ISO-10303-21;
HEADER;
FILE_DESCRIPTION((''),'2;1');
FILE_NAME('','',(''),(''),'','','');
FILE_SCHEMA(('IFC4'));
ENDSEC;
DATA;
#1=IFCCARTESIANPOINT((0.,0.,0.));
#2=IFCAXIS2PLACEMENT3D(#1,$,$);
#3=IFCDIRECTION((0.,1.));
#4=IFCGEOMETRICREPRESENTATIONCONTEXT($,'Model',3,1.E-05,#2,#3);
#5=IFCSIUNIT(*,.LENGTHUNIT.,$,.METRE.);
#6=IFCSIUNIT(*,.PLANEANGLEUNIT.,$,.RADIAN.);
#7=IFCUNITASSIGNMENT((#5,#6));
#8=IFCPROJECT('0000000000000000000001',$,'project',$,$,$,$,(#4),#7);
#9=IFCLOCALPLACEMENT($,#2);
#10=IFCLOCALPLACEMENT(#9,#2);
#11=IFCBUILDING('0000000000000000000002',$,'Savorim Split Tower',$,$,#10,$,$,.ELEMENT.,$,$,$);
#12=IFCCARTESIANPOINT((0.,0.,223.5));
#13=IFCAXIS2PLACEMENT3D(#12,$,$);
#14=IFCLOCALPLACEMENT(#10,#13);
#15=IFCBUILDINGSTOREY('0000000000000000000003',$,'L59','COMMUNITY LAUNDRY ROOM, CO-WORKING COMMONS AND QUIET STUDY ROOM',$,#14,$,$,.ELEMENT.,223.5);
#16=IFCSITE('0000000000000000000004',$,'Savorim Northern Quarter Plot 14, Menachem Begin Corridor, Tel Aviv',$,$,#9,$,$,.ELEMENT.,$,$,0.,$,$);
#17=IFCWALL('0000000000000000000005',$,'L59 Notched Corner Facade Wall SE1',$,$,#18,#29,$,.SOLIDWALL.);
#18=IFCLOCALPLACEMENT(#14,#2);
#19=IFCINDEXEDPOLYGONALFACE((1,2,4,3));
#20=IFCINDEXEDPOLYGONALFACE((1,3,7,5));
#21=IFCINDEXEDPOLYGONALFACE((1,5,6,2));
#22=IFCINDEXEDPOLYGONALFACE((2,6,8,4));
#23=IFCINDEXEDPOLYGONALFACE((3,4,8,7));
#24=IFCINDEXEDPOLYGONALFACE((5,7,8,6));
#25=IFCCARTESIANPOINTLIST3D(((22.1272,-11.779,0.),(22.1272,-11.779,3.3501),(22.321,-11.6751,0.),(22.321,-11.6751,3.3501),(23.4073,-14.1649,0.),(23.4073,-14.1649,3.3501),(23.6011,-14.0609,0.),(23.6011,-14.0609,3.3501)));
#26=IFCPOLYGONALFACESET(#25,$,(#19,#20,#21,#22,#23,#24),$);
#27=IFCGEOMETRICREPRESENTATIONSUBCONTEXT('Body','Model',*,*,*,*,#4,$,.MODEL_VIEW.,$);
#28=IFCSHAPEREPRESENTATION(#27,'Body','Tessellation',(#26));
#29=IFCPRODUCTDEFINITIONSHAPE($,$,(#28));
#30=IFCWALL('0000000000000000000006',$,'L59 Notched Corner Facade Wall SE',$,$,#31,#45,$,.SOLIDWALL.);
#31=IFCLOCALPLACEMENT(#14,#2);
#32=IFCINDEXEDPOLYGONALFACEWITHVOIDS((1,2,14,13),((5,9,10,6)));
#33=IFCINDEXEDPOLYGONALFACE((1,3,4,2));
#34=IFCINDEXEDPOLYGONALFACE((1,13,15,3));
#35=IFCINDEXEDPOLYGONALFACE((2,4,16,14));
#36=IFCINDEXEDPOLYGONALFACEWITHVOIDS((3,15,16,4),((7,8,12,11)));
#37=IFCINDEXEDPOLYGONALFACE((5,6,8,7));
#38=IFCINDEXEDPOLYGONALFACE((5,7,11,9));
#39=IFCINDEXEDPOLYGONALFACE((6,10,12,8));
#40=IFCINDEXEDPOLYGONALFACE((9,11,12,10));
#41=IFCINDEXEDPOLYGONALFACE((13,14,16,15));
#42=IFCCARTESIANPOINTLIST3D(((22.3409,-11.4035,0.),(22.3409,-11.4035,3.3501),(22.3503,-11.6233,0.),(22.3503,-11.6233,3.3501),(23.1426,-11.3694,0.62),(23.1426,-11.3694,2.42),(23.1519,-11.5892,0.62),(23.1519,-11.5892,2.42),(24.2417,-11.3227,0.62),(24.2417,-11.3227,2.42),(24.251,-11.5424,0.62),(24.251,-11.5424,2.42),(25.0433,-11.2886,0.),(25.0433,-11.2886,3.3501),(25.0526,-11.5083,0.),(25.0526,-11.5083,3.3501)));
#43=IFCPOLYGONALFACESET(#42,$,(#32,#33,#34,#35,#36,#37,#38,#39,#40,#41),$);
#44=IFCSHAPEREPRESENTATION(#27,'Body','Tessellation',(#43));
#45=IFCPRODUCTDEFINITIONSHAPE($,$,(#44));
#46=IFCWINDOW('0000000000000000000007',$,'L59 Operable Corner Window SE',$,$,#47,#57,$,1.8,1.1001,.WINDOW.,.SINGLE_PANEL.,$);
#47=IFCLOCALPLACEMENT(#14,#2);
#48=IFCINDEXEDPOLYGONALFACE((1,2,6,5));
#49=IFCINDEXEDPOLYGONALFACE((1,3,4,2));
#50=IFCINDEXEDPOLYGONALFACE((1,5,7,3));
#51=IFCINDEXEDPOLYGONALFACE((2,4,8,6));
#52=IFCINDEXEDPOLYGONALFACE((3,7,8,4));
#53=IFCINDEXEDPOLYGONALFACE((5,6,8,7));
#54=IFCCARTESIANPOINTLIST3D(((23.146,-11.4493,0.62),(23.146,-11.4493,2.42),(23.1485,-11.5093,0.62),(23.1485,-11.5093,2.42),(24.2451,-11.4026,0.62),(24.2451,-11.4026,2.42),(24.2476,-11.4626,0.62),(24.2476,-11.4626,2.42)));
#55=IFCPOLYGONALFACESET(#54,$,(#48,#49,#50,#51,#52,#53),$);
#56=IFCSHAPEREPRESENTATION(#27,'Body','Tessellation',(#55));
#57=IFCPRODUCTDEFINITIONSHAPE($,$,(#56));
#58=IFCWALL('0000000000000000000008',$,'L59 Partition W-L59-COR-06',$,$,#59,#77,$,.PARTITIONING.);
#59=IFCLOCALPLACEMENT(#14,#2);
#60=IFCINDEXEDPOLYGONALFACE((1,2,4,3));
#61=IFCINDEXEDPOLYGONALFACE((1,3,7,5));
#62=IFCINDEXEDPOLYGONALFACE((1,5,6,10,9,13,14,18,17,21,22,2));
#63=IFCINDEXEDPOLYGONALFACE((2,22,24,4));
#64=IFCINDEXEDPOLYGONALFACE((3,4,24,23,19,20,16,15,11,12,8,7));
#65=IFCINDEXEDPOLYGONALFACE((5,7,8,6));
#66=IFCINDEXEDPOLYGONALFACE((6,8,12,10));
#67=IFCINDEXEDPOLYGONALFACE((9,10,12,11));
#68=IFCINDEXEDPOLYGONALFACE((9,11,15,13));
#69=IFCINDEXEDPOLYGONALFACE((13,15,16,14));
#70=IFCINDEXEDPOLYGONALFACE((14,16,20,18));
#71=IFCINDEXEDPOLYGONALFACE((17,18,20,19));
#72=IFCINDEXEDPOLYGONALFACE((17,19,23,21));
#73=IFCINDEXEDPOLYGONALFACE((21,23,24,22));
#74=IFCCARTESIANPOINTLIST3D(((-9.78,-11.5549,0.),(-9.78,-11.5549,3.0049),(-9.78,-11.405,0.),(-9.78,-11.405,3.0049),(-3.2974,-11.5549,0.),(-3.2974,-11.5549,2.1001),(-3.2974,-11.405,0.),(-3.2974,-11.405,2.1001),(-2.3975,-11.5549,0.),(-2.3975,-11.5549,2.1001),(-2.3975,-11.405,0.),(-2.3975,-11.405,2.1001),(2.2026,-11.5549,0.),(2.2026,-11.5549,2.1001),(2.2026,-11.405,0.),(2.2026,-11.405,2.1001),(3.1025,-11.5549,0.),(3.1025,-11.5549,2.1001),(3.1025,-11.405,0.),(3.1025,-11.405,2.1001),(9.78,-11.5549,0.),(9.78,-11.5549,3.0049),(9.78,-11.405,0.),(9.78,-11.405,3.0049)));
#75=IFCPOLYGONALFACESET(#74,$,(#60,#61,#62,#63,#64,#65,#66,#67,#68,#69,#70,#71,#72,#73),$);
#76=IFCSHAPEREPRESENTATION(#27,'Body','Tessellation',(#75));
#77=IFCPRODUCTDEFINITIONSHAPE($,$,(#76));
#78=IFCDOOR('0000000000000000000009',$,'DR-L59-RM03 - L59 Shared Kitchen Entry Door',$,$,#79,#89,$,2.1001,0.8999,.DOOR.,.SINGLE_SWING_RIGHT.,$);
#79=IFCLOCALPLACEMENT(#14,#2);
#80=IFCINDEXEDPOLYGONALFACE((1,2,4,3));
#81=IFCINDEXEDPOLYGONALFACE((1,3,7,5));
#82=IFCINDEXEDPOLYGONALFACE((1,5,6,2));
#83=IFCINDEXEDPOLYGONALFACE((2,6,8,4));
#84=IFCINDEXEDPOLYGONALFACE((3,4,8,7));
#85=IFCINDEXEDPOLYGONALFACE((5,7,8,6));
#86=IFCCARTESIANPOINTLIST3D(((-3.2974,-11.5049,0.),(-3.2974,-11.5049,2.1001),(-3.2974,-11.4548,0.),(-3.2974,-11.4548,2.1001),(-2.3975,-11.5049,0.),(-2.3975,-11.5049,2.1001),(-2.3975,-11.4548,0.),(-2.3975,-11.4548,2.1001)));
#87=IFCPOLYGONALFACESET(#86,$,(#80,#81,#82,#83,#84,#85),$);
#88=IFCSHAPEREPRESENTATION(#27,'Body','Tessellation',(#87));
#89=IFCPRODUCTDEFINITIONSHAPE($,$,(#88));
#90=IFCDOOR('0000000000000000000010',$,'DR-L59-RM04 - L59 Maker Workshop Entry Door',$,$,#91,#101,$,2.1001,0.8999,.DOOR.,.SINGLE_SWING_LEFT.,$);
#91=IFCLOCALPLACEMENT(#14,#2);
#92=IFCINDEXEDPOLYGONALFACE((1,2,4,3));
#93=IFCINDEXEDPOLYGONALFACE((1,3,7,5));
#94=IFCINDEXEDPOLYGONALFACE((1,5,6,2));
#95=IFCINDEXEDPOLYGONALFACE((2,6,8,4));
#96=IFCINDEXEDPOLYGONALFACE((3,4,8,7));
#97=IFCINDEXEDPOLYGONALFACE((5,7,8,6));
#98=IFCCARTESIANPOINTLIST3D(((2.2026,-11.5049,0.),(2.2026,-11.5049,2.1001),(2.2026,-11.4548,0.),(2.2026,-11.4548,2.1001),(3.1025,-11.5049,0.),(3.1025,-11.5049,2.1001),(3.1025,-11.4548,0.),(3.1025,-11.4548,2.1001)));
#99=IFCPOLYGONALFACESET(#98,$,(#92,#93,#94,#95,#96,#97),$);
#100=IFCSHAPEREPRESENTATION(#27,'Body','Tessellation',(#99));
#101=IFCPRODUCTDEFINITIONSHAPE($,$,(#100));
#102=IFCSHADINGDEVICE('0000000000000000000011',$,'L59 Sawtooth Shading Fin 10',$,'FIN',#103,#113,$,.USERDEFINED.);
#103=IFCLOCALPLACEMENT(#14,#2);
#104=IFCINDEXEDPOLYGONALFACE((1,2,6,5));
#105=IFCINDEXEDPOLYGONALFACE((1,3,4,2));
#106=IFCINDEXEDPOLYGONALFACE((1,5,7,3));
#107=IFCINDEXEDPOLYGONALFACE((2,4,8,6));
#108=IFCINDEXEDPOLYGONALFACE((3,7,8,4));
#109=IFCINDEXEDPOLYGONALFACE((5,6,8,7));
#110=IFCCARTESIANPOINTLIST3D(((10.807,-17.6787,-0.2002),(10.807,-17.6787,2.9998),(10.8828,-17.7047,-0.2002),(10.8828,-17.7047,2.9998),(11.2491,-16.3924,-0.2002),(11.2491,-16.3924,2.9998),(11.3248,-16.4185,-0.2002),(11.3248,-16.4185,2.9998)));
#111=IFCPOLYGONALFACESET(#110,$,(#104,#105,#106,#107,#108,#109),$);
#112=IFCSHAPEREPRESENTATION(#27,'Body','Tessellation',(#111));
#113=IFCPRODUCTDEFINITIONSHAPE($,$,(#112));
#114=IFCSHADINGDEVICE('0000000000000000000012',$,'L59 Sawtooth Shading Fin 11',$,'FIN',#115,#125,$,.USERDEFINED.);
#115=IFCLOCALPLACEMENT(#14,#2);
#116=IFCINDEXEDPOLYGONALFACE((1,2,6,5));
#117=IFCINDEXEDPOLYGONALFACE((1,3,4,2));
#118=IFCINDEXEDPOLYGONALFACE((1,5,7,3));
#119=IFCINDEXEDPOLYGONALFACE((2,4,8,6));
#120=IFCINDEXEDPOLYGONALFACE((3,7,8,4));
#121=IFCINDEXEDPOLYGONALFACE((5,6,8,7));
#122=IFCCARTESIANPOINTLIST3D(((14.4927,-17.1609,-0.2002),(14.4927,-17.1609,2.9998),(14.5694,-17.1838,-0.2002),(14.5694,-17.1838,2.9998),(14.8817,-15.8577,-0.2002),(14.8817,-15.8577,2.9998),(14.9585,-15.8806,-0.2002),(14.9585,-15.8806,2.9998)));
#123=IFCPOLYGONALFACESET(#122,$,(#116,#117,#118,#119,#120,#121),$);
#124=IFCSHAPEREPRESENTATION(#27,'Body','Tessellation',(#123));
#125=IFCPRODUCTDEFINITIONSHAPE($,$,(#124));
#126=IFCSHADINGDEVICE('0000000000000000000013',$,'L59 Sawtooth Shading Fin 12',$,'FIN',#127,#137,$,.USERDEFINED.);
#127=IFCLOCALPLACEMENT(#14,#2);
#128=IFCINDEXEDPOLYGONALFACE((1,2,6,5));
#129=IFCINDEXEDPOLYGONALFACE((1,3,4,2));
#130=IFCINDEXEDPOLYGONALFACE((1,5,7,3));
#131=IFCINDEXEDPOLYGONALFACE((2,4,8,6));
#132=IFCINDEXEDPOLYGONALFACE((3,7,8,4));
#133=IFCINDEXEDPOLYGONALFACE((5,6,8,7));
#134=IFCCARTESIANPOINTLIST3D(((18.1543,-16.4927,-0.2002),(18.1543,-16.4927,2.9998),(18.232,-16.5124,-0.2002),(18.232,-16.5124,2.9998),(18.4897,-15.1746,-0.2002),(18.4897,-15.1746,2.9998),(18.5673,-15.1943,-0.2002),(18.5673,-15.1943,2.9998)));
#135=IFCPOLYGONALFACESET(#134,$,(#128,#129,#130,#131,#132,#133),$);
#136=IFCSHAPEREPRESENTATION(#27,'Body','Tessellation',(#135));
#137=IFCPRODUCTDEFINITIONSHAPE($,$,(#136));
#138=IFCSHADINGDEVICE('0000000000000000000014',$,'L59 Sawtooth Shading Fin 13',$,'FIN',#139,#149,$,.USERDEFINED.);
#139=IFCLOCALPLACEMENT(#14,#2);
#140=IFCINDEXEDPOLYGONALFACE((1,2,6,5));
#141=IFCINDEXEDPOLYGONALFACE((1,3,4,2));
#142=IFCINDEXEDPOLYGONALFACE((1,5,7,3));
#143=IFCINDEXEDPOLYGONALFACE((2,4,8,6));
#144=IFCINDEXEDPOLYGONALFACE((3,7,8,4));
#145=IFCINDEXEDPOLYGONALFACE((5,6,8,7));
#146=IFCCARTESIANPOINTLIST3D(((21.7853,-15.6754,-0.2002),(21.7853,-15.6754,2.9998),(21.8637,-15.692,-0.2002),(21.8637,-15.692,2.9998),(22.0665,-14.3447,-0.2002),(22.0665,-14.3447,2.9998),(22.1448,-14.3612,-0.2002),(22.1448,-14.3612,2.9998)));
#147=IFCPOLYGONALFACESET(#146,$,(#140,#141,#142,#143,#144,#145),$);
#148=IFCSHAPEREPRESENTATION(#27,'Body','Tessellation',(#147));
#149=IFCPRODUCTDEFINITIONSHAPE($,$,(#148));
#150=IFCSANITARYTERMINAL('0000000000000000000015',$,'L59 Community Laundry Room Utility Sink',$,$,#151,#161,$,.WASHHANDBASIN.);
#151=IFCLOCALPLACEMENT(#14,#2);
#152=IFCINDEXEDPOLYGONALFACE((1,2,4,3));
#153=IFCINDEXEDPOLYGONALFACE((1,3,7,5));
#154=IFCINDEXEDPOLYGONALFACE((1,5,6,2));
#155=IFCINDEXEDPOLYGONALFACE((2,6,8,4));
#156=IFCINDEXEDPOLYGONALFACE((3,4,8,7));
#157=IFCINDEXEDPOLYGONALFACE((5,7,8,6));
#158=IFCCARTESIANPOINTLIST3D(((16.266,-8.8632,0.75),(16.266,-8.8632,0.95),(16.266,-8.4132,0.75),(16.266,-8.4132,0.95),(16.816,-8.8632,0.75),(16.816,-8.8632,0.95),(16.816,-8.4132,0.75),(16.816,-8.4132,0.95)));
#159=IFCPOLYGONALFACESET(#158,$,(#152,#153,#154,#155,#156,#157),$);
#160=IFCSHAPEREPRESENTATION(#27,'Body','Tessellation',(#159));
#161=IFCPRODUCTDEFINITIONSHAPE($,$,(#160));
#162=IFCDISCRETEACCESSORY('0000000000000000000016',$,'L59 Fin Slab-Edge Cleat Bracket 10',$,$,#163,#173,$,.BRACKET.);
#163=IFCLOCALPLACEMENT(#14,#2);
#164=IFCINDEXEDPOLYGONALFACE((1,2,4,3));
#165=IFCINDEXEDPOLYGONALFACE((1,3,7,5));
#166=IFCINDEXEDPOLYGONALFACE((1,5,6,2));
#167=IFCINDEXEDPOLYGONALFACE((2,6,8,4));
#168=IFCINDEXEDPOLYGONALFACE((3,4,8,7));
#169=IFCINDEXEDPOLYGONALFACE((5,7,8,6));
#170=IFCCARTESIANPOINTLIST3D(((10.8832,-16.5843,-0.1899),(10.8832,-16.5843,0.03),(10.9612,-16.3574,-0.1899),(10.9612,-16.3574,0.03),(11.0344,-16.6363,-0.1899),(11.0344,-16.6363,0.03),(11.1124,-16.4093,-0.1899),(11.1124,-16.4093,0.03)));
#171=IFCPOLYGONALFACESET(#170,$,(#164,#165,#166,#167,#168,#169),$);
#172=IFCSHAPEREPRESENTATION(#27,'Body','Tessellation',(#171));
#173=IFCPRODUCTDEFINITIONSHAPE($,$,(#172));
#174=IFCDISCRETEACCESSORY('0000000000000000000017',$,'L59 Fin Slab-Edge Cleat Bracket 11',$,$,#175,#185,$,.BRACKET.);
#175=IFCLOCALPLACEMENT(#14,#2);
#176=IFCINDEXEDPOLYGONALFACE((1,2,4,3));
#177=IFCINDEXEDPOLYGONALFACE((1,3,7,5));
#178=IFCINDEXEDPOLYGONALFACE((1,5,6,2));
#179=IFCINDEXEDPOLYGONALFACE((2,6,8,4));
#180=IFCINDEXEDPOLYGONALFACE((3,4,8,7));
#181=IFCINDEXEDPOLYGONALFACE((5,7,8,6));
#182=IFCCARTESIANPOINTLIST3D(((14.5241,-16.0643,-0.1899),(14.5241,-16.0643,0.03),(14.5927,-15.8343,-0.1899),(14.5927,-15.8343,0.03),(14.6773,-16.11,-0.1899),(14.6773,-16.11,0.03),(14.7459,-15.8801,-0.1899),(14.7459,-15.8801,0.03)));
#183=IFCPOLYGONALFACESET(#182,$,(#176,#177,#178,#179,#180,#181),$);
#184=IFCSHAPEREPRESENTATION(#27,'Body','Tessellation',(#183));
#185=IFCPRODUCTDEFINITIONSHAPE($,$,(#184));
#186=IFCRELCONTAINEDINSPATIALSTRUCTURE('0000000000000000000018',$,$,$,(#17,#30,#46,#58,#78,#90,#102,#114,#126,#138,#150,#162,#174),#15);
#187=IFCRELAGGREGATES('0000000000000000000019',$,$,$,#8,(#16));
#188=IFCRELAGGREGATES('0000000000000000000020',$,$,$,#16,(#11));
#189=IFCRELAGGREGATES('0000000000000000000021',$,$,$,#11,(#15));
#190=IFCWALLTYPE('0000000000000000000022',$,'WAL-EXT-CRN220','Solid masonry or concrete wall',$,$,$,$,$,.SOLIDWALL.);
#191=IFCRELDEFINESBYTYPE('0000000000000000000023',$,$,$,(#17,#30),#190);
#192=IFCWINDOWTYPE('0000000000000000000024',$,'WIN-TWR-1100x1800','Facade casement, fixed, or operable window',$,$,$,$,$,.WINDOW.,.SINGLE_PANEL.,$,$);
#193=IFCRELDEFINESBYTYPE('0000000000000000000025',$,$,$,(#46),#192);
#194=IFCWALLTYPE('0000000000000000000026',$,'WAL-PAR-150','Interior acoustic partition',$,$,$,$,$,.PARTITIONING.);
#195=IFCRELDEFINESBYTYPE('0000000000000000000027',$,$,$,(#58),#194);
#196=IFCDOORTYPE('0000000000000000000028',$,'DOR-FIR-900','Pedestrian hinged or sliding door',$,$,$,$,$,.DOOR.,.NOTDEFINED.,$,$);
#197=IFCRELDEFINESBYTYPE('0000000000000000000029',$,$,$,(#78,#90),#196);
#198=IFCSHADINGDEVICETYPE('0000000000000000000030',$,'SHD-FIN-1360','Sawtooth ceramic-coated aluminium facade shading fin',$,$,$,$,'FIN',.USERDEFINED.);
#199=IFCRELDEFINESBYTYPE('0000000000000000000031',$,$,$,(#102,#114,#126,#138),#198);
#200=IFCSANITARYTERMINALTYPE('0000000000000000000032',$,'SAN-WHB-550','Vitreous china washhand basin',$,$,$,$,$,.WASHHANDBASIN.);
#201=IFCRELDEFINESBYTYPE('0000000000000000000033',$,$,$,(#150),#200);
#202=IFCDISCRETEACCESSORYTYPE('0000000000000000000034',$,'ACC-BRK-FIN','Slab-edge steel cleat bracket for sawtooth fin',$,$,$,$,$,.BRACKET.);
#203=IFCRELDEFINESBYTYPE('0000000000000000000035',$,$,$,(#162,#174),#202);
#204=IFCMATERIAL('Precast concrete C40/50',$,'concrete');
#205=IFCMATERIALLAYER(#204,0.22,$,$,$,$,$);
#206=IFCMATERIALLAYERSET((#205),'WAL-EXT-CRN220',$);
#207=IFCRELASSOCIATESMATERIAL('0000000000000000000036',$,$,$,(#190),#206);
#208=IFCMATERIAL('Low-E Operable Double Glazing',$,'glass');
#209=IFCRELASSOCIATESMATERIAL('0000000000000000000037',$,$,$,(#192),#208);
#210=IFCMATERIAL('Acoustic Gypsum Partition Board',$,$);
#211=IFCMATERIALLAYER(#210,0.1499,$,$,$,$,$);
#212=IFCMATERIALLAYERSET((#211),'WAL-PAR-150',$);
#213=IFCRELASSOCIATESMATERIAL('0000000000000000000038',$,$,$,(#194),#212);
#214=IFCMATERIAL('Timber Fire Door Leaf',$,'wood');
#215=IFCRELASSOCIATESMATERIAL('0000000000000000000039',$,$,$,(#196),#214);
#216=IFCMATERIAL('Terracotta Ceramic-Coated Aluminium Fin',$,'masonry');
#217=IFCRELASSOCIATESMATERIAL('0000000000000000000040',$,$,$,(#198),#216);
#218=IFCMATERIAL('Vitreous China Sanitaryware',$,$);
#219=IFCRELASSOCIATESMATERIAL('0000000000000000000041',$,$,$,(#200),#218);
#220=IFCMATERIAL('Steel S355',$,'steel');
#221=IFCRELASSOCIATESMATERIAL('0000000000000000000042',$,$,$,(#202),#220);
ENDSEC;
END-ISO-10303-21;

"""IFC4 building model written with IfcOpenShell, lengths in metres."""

from ifc_helpers import new_model, si_unit, direction, frame, frame_2d, origin, origin_2d, place, context, subcontext, project, spatial, rectangle, extrude, material, layer, layer_set, type_object, element, fill, save


model = new_model("IFC4")

# Units and contexts
model_context = context("Model", 3, precision=1e-05, world=origin(), true_north=direction((0.0, 1.0)))
body_context = subcontext(model_context, "Body", "Model", "MODEL_VIEW")
ifc_project = project(units=[si_unit("LENGTHUNIT", "METRE"), si_unit("PLANEANGLEUNIT", "RADIAN")], contexts=[model_context])

# Site, building, storey
site_placement = place(None, origin())
site = spatial("IfcSite", under=ifc_project, at=site_placement, Name="Savorim Northern Quarter Plot 14, Menachem Begin Corridor, Tel Aviv", CompositionType="ELEMENT", RefElevation=0.0)
building_placement = place(site_placement, origin())
building = spatial("IfcBuilding", under=site, at=building_placement, Name="Savorim Split Tower", CompositionType="ELEMENT")
storey_placement = place(building_placement, frame((0.0, 0.0, 223.5)))
storey = spatial("IfcBuildingStorey", under=building, at=storey_placement, Name="L59", Description="COMMUNITY LAUNDRY ROOM, CO-WORKING COMMONS AND QUIET STUDY ROOM", CompositionType="ELEMENT", Elevation=223.5)

# Shared definitions
ifc_material_1 = material(Name="Steel S355", Category="steel")

# Wall
ifc_material_2 = material(Name="Precast concrete C40/50", Category="concrete")
ifc_layer_1 = layer(ifc_material_2, 0.22)
ifc_layer_set_1 = layer_set([ifc_layer_1], Name="WAL-EXT-CRN220")
wall_type_1 = type_object("IfcWallType", Name="WAL-EXT-CRN220", Description="Solid masonry or concrete wall", PredefinedType="SOLIDWALL", material=ifc_layer_set_1)
wall_1_placement = place(storey_placement, frame((22.2241, -11.7271, 0.0), z_axis=(0.0, 0.0, 1.0), x_axis=(0.472782, -0.88118, 0.0)))
element("IfcWall", 1, at=wall_1_placement, inside=storey, type_object=wall_type_1, Name="L59 Notched Corner Facade Wall SE1", PredefinedType="SOLIDWALL", context=body_context, shape_type="SweptSolid", body=[
    extrude(rectangle(XDim=2.7075, YDim=0.22, at=frame_2d((1.3538, 0.0))), origin(), (0.0, 0.0, 1.0), 3.3501),
])

# Wall, opening, window
wall_2_placement = place(storey_placement, frame((25.0481, -11.3984, 0.0), z_axis=(0.0, 0.0, 1.0), x_axis=(-0.999096, -0.042513, 0.0)))
wall_2 = element("IfcWall", 2, at=wall_2_placement, inside=storey, type_object=wall_type_1, Name="L59 Notched Corner Facade Wall SE", PredefinedType="SOLIDWALL", context=body_context, shape_type="SweptSolid", body=[
    extrude(rectangle(XDim=2.7048, YDim=0.22, at=frame_2d((1.3525, 0.0))), origin(), (0.0, 0.0, 1.0), 3.3501),
])
opening_1_placement = place(wall_2_placement, frame((0.8025, 0.0, 0.6201)))
opening_1 = element("IfcOpeningElement", 3, at=opening_1_placement, cuts=wall_2, PredefinedType="OPENING", context=body_context, shape_type="SweptSolid", body=[
    extrude(rectangle(XDim=1.1001, YDim=1.8, at=frame_2d((0.55, 0.8999))), frame((0.0, 0.1199, 0.0), z_axis=(0.0, -1.0, 0.0), x_axis=(1.0, 0.0, 0.0)), (0.0, 0.0, 1.0), 0.24),
])
ifc_material_3 = material(Name="Low-E Operable Double Glazing", Category="glass")
window_type = type_object("IfcWindowType", Name="WIN-TWR-1100x1800", Description="Facade casement, fixed, or operable window", PartitioningType="SINGLE_PANEL", PredefinedType="WINDOW", material=ifc_material_3)
window_placement = place(opening_1_placement, origin())
window = element("IfcWindow", 4, at=window_placement, inside=storey, type_object=window_type, Name="L59 Operable Corner Window SE", OverallHeight=1.8, OverallWidth=1.1001, PartitioningType="SINGLE_PANEL", PredefinedType="WINDOW", context=body_context, shape_type="SweptSolid", body=[
    extrude(rectangle(XDim=1.1001, YDim=1.8, at=frame_2d((0.55, 0.8999))), frame((0.0, 0.03, 0.0), z_axis=(0.0, -1.0, 0.0), x_axis=(1.0, 0.0, 0.0)), (0.0, 0.0, 1.0), 0.0601),
])
fill(opening_1, window)

# Wall, openings, doors
ifc_material_4 = material(Name="Acoustic Gypsum Partition Board")
ifc_layer_2 = layer(ifc_material_4, 0.1499)
ifc_layer_set_2 = layer_set([ifc_layer_2], Name="WAL-PAR-150")
wall_type_2 = type_object("IfcWallType", Name="WAL-PAR-150", Description="Interior acoustic partition", PredefinedType="PARTITIONING", material=ifc_layer_set_2)
wall_3_placement = place(storey_placement, frame((9.78, -11.48, 0.0), z_axis=(0.0, 0.0, 1.0), x_axis=(-1.0, 0.0, 0.0)))
wall_3 = element("IfcWall", 5, at=wall_3_placement, inside=storey, type_object=wall_type_2, Name="L59 Partition W-L59-COR-06", PredefinedType="PARTITIONING", context=body_context, shape_type="SweptSolid", body=[
    extrude(rectangle(XDim=19.5601, YDim=0.1499, at=frame_2d((9.78, 0.0))), origin(), (0.0, 0.0, 1.0), 3.0049),
])
opening_2_placement = place(wall_3_placement, frame((12.1775, 0.0, 0.0)))
opening_2 = element("IfcOpeningElement", 6, at=opening_2_placement, cuts=wall_3, PredefinedType="OPENING", context=body_context, shape_type="SweptSolid", body=[
    extrude(rectangle(XDim=0.8999, YDim=2.1001, at=frame_2d((0.45, 1.05))), frame((0.0, 0.085, 0.0), z_axis=(0.0, -1.0, 0.0), x_axis=(1.0, 0.0, 0.0)), (0.0, 0.0, 1.0), 0.1699),
])
opening_3_placement = place(wall_3_placement, frame((6.6775, 0.0, 0.0)))
opening_3 = element("IfcOpeningElement", 7, at=opening_3_placement, cuts=wall_3, PredefinedType="OPENING", context=body_context, shape_type="SweptSolid", body=[
    extrude(rectangle(XDim=0.8999, YDim=2.1001, at=frame_2d((0.45, 1.05))), frame((0.0, 0.085, 0.0), z_axis=(0.0, -1.0, 0.0), x_axis=(1.0, 0.0, 0.0)), (0.0, 0.0, 1.0), 0.1699),
])
ifc_material_5 = material(Name="Timber Fire Door Leaf", Category="wood")
door_type = type_object("IfcDoorType", Name="DOR-FIR-900", Description="Pedestrian hinged or sliding door", OperationType="NOTDEFINED", PredefinedType="DOOR", material=ifc_material_5)
door_1_placement = place(opening_2_placement, origin())
door_1 = element("IfcDoor", 8, at=door_1_placement, inside=storey, type_object=door_type, Name="DR-L59-RM03 - L59 Shared Kitchen Entry Door", OperationType="SINGLE_SWING_RIGHT", OverallHeight=2.1001, OverallWidth=0.8999, PredefinedType="DOOR", context=body_context, shape_type="SweptSolid", body=[
    extrude(rectangle(XDim=0.8999, YDim=2.1001, at=frame_2d((0.45, 1.05))), frame((0.0, 0.0249, 0.0), z_axis=(0.0, -1.0, 0.0), x_axis=(1.0, 0.0, 0.0)), (0.0, 0.0, 1.0), 0.05),
])
fill(opening_2, door_1)
door_2_placement = place(opening_3_placement, origin())
door_2 = element("IfcDoor", 9, at=door_2_placement, inside=storey, type_object=door_type, Name="DR-L59-RM04 - L59 Maker Workshop Entry Door", OperationType="SINGLE_SWING_LEFT", OverallHeight=2.1001, OverallWidth=0.8999, PredefinedType="DOOR", context=body_context, shape_type="SweptSolid", body=[
    extrude(rectangle(XDim=0.8999, YDim=2.1001, at=frame_2d((0.45, 1.05))), frame((0.0, 0.0249, 0.0), z_axis=(0.0, -1.0, 0.0), x_axis=(1.0, 0.0, 0.0)), (0.0, 0.0, 1.0), 0.05),
])
fill(opening_3, door_2)

# Shading devices
ifc_material_6 = material(Name="Terracotta Ceramic-Coated Aluminium Fin", Category="masonry")
shading_device_type = type_object("IfcShadingDeviceType", Name="SHD-FIN-1360", Description="Sawtooth ceramic-coated aluminium facade shading fin", ElementType="FIN", PredefinedType="USERDEFINED", material=ifc_material_6)
for number, where, z_axis, x_axis, name in (
    (10, (11.0659, -17.0486, -0.2002), (0.0, 0.0, 1.0), (-0.324994, -0.945716, 0.0), "L59 Sawtooth Shading Fin 10"),
    (11, (14.7256, -16.5208, -0.2002), (0.0, 0.0, 1.0), (-0.286026, -0.958222, 0.0), "L59 Sawtooth Shading Fin 11"),
    (12, (18.3608, -15.8435, -0.2002), (0.0, 0.0, 1.0), (-0.246581, -0.969122, 0.0), "L59 Sawtooth Shading Fin 12"),
    (13, (21.9651, -15.0183, -0.2002), (0.0, 0.0, 1.0), (-0.206722, -0.9784, 0.0), "L59 Sawtooth Shading Fin 13"),
):
    element("IfcShadingDevice", number, at=place(storey_placement, frame(where, z_axis=z_axis, x_axis=x_axis)), inside=storey, type_object=shading_device_type, Name=name, ObjectType="FIN", PredefinedType="USERDEFINED", context=body_context, shape_type="SweptSolid", body=[
        extrude(rectangle(XDim=1.3601, YDim=0.0801, at=origin_2d()), origin(), (0.0, 0.0, 1.0), 3.2),
    ])

# Sanitary terminal
ifc_material_7 = material(Name="Vitreous China Sanitaryware")
sanitary_terminal_type = type_object("IfcSanitaryTerminalType", Name="SAN-WHB-550", Description="Vitreous china washhand basin", PredefinedType="WASHHANDBASIN", material=ifc_material_7)
sanitary_terminal_placement = place(storey_placement, frame((16.541, -8.6382, 0.75), z_axis=(0.0, 0.0, 1.0), x_axis=(1.0, 0.0, 0.0)))
element("IfcSanitaryTerminal", 14, at=sanitary_terminal_placement, inside=storey, type_object=sanitary_terminal_type, Name="L59 Community Laundry Room Utility Sink", PredefinedType="WASHHANDBASIN", context=body_context, shape_type="SweptSolid", body=[
    extrude(rectangle(XDim=0.55, YDim=0.45, at=origin_2d()), origin(), (0.0, 0.0, 1.0), 0.2),
])

# Discrete accessories
discrete_accessory_type = type_object("IfcDiscreteAccessoryType", Name="ACC-BRK-FIN", Description="Slab-edge steel cleat bracket for sawtooth fin", PredefinedType="BRACKET", material=ifc_material_1)
for number, where, z_axis, x_axis, name in (
    (15, (10.9978, -16.4968, -0.1899), (0.0, 0.0, 1.0), (-0.324994, -0.945716, 0.0), "L59 Fin Slab-Edge Cleat Bracket 10"),
    (16, (14.635, -15.9722, -0.1899), (0.0, 0.0, 1.0), (-0.286026, -0.958222, 0.0), "L59 Fin Slab-Edge Cleat Bracket 11"),
):
    element("IfcDiscreteAccessory", number, at=place(storey_placement, frame(where, z_axis=z_axis, x_axis=x_axis)), inside=storey, type_object=discrete_accessory_type, Name=name, PredefinedType="BRACKET", context=body_context, shape_type="SweptSolid", body=[
        extrude(rectangle(XDim=0.24, YDim=0.1599, at=origin_2d()), origin(), (0.0, 0.0, 1.0), 0.22),
    ])

save(model, "model.ifc")
